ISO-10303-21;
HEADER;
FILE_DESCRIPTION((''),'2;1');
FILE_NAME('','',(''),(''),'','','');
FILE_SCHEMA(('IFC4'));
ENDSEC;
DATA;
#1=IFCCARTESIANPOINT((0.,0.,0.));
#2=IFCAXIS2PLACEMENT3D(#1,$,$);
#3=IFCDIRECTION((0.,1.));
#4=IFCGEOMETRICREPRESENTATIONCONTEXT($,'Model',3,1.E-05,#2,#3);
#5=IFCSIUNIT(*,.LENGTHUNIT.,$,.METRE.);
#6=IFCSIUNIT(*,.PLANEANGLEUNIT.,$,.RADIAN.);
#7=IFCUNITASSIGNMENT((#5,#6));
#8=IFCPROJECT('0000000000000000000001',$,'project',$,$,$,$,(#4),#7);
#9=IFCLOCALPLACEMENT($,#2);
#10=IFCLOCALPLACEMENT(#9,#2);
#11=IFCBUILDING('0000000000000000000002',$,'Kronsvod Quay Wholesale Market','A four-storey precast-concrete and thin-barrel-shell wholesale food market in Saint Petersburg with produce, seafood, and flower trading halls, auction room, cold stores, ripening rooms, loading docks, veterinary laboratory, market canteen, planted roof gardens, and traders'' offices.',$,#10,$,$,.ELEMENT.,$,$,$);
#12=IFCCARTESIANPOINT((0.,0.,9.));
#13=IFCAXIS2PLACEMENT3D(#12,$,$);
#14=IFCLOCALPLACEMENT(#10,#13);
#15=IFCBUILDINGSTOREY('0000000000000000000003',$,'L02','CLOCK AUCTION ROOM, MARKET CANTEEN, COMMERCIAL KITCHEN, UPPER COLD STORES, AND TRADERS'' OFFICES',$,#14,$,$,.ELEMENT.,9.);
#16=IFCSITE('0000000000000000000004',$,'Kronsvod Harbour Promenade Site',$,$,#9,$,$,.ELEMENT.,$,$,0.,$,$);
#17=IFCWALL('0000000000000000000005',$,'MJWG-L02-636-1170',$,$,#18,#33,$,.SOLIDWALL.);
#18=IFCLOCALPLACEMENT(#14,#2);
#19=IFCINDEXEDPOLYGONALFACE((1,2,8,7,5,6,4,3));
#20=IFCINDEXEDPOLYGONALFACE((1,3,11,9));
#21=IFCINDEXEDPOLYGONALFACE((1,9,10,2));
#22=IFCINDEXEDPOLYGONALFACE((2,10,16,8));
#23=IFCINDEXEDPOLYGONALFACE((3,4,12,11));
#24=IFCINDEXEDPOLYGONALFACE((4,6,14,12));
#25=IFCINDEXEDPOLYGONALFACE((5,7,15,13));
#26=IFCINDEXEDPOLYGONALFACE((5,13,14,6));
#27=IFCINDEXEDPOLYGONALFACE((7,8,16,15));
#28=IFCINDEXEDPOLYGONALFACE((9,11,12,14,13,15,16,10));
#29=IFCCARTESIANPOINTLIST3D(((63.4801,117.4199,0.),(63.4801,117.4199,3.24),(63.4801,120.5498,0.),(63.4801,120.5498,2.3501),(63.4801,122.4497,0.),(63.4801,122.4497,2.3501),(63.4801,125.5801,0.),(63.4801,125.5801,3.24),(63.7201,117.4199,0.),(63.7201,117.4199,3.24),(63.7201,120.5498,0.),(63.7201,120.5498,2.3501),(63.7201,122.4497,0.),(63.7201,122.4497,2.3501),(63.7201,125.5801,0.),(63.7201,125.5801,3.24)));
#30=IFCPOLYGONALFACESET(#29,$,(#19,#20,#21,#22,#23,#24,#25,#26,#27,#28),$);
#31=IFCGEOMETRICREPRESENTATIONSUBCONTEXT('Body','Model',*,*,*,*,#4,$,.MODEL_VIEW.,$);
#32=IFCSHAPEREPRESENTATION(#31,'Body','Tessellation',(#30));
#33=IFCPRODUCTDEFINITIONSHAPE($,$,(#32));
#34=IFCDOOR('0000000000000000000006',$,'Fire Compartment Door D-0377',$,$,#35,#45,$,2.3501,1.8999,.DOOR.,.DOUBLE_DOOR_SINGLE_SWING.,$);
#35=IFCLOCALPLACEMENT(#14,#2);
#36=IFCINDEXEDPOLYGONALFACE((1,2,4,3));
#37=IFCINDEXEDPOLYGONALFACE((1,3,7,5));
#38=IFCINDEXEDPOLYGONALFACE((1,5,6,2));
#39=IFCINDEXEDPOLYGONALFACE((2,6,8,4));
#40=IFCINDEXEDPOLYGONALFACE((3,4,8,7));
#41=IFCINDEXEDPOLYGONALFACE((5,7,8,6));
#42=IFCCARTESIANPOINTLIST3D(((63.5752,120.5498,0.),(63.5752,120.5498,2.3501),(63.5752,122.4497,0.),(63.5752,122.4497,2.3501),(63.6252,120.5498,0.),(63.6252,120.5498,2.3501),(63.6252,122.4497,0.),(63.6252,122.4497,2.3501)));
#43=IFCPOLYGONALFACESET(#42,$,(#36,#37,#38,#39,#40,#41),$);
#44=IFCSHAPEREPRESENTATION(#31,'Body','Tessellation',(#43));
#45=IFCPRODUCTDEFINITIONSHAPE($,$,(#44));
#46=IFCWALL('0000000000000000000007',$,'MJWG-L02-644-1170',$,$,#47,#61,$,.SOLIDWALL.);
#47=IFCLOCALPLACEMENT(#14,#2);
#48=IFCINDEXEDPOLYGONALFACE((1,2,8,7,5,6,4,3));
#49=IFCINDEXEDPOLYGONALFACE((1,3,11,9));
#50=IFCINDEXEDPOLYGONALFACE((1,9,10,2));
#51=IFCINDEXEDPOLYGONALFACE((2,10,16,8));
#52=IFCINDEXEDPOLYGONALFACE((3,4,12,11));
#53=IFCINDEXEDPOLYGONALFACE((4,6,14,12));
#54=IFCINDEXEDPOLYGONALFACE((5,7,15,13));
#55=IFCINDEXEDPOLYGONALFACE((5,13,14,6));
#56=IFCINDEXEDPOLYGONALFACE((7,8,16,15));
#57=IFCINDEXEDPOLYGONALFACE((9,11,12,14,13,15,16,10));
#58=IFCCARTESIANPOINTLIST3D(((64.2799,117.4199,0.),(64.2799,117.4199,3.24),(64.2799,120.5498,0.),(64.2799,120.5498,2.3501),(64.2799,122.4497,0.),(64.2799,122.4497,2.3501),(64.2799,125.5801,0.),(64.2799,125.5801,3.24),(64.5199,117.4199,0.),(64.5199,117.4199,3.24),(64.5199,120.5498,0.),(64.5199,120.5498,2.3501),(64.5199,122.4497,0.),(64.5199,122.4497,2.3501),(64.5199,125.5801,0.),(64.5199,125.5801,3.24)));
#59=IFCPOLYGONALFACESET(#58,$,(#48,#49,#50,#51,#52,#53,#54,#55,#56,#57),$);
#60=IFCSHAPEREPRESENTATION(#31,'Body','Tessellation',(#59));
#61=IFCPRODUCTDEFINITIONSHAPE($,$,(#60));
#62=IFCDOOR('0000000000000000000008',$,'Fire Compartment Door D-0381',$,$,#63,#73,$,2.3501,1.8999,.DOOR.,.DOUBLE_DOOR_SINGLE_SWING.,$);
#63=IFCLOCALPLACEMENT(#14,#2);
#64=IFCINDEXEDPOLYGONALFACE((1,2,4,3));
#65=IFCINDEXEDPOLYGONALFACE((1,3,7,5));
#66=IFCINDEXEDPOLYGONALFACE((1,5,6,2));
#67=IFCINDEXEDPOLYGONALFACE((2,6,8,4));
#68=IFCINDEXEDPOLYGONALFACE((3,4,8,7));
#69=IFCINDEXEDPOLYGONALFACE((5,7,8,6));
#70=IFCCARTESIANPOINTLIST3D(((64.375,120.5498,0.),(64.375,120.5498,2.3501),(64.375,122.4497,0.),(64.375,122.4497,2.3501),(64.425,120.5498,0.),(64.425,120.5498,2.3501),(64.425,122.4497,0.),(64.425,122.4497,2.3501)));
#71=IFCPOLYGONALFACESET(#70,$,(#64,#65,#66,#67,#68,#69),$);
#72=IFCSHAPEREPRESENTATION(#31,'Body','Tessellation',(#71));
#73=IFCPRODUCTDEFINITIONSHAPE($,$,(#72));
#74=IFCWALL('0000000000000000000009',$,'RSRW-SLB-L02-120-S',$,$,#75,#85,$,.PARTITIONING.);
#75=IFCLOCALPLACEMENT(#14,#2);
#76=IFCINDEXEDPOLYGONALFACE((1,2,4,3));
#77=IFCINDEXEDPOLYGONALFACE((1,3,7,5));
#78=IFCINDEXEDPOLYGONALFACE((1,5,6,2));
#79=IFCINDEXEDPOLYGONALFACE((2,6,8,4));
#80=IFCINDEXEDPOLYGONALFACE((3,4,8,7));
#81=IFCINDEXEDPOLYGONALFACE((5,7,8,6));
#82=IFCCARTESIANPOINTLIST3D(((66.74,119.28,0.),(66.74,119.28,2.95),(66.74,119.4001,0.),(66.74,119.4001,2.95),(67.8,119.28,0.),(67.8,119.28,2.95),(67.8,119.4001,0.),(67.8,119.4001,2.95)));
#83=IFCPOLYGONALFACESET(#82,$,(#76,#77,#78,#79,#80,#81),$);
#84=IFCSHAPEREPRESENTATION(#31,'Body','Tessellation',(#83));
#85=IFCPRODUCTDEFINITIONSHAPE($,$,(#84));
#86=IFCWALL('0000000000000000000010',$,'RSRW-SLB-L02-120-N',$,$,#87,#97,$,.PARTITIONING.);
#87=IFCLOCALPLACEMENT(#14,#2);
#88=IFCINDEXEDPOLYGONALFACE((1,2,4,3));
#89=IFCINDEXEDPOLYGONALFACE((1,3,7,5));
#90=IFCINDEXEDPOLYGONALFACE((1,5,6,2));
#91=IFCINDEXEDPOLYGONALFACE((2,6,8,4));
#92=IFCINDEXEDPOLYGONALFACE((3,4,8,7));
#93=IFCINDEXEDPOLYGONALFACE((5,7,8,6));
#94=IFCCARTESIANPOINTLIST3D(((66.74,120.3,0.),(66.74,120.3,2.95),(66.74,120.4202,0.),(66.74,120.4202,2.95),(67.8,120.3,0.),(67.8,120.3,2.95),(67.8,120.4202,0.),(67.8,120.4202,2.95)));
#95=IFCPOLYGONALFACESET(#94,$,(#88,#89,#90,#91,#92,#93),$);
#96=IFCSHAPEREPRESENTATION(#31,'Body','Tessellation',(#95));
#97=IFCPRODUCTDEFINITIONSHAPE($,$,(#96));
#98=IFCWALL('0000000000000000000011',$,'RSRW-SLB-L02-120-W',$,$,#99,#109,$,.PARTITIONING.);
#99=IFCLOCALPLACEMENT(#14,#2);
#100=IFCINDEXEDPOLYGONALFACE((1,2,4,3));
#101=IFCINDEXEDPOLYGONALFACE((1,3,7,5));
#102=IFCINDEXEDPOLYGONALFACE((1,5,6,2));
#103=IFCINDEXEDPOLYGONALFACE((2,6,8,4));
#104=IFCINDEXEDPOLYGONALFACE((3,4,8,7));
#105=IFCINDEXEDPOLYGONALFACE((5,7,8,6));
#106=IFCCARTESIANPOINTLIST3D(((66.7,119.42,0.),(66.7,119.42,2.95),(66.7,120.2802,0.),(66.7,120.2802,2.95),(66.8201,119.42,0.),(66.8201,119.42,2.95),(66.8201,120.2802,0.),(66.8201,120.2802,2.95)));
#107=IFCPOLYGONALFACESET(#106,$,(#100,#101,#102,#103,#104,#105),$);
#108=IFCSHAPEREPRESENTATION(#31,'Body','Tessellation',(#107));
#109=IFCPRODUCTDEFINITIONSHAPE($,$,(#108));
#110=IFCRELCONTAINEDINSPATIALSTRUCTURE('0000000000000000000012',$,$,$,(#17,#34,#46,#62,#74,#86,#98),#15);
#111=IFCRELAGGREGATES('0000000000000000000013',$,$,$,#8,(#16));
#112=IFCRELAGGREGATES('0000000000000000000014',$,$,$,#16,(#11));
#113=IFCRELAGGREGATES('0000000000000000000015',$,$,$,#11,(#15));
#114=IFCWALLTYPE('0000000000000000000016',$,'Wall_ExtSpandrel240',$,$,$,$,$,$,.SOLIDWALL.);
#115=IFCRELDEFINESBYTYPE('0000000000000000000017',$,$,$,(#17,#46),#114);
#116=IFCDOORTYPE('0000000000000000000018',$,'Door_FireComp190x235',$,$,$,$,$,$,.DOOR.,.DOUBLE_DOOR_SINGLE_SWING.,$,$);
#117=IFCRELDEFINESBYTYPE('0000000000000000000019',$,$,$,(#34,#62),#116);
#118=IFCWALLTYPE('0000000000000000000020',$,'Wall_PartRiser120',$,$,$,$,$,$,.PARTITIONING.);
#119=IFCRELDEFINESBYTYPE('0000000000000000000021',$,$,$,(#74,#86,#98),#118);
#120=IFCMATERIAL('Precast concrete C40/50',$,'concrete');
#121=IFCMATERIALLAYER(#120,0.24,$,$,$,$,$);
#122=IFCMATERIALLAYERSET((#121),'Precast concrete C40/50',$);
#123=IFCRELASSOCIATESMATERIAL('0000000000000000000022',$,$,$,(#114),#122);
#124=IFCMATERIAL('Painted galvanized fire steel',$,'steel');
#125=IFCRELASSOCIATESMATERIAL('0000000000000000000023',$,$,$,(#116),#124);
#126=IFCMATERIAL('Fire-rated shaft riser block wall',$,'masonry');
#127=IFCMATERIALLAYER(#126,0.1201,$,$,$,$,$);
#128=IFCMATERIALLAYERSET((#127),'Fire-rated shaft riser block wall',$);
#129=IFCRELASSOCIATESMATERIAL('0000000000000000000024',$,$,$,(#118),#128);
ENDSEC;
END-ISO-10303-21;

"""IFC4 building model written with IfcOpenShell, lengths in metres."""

from ifc_helpers import new_model, si_unit, direction, frame, frame_2d, origin, place, context, subcontext, project, spatial, rectangle, extrude, material, layer, layer_set, type_object, element, fill, save


model = new_model("IFC4")

# Units and contexts
model_context = context("Model", 3, precision=1e-05, world=origin(), true_north=direction((0.0, 1.0)))
body_context = subcontext(model_context, "Body", "Model", "MODEL_VIEW")
ifc_project = project(units=[si_unit("LENGTHUNIT", "METRE"), si_unit("PLANEANGLEUNIT", "RADIAN")], contexts=[model_context])

# Site, building, storey
site_placement = place(None, origin())
site = spatial("IfcSite", under=ifc_project, at=site_placement, Name="Kronsvod Harbour Promenade Site", CompositionType="ELEMENT", RefElevation=0.0)
building_placement = place(site_placement, origin())
building = spatial("IfcBuilding", under=site, at=building_placement, Name="Kronsvod Quay Wholesale Market", Description="A four-storey precast-concrete and thin-barrel-shell wholesale food market in Saint Petersburg with produce, seafood, and flower trading halls, auction room, cold stores, ripening rooms, loading docks, veterinary laboratory, market canteen, planted roof gardens, and traders' offices.", CompositionType="ELEMENT")
storey_placement = place(building_placement, frame((0.0, 0.0, 9.0)))
storey = spatial("IfcBuildingStorey", under=building, at=storey_placement, Name="L02", Description="CLOCK AUCTION ROOM, MARKET CANTEEN, COMMERCIAL KITCHEN, UPPER COLD STORES, AND TRADERS' OFFICES", CompositionType="ELEMENT", Elevation=9.0)

# Walls, openings, doors
ifc_material_1 = material(Name="Precast concrete C40/50", Category="concrete")
ifc_layer_1 = layer(ifc_material_1, 0.24)
ifc_layer_set_1 = layer_set([ifc_layer_1], Name="Precast concrete C40/50")
wall_type_1 = type_object("IfcWallType", Name="Wall_ExtSpandrel240", PredefinedType="SOLIDWALL", material=ifc_layer_set_1)
wall_1_placement = place(storey_placement, frame((63.6001, 117.4199, 0.0), z_axis=(0.0, 0.0, 1.0), x_axis=(0.0, 1.0, 0.0)))
wall_1 = element("IfcWall", 1, at=wall_1_placement, inside=storey, type_object=wall_type_1, Name="MJWG-L02-636-1170", PredefinedType="SOLIDWALL", context=body_context, shape_type="SweptSolid", body=[
    extrude(rectangle(XDim=8.1602, YDim=0.24, at=frame_2d((4.0801, 0.0))), origin(), (0.0, 0.0, 1.0), 3.24),
])
opening_1_placement = place(wall_1_placement, frame((3.1299, 0.0, 0.0)))
opening_1 = element("IfcOpeningElement", 2, at=opening_1_placement, cuts=wall_1, PredefinedType="OPENING", context=body_context, shape_type="SweptSolid", body=[
    extrude(rectangle(XDim=1.8999, YDim=2.3501, at=frame_2d((0.95, 1.175))), frame((0.0, 0.1299, 0.0), z_axis=(0.0, -1.0, 0.0), x_axis=(1.0, 0.0, 0.0)), (0.0, 0.0, 1.0), 0.26),
])
ifc_material_2 = material(Name="Painted galvanized fire steel", Category="steel")
door_type = type_object("IfcDoorType", Name="Door_FireComp190x235", OperationType="DOUBLE_DOOR_SINGLE_SWING", PredefinedType="DOOR", material=ifc_material_2)
door_1_placement = place(opening_1_placement, origin())
door_1 = element("IfcDoor", 3, at=door_1_placement, inside=storey, type_object=door_type, Name="Fire Compartment Door D-0377", OperationType="DOUBLE_DOOR_SINGLE_SWING", OverallHeight=2.3501, OverallWidth=1.8999, PredefinedType="DOOR", context=body_context, shape_type="SweptSolid", body=[
    extrude(rectangle(XDim=1.8999, YDim=2.3501, at=frame_2d((0.95, 1.175))), frame((0.0, 0.0249, 0.0), z_axis=(0.0, -1.0, 0.0), x_axis=(1.0, 0.0, 0.0)), (0.0, 0.0, 1.0), 0.05),
])
fill(opening_1, door_1)
wall_2_placement = place(storey_placement, frame((64.3999, 117.4199, 0.0), z_axis=(0.0, 0.0, 1.0), x_axis=(0.0, 1.0, 0.0)))
wall_2 = element("IfcWall", 4, at=wall_2_placement, inside=storey, type_object=wall_type_1, Name="MJWG-L02-644-1170", PredefinedType="SOLIDWALL", context=body_context, shape_type="SweptSolid", body=[
    extrude(rectangle(XDim=8.1602, YDim=0.24, at=frame_2d((4.0801, 0.0))), origin(), (0.0, 0.0, 1.0), 3.24),
])
opening_2_placement = place(wall_2_placement, frame((3.1299, 0.0, 0.0)))
opening_2 = element("IfcOpeningElement", 5, at=opening_2_placement, cuts=wall_2, PredefinedType="OPENING", context=body_context, shape_type="SweptSolid", body=[
    extrude(rectangle(XDim=1.8999, YDim=2.3501, at=frame_2d((0.95, 1.175))), frame((0.0, 0.1299, 0.0), z_axis=(0.0, -1.0, 0.0), x_axis=(1.0, 0.0, 0.0)), (0.0, 0.0, 1.0), 0.26),
])
door_2_placement = place(opening_2_placement, origin())
door_2 = element("IfcDoor", 6, at=door_2_placement, inside=storey, type_object=door_type, Name="Fire Compartment Door D-0381", OperationType="DOUBLE_DOOR_SINGLE_SWING", OverallHeight=2.3501, OverallWidth=1.8999, PredefinedType="DOOR", context=body_context, shape_type="SweptSolid", body=[
    extrude(rectangle(XDim=1.8999, YDim=2.3501, at=frame_2d((0.95, 1.175))), frame((0.0, 0.0249, 0.0), z_axis=(0.0, -1.0, 0.0), x_axis=(1.0, 0.0, 0.0)), (0.0, 0.0, 1.0), 0.05),
])
fill(opening_2, door_2)

# Walls
ifc_material_3 = material(Name="Fire-rated shaft riser block wall", Category="masonry")
ifc_layer_2 = layer(ifc_material_3, 0.1201)
ifc_layer_set_2 = layer_set([ifc_layer_2], Name="Fire-rated shaft riser block wall")
wall_type_2 = type_object("IfcWallType", Name="Wall_PartRiser120", PredefinedType="PARTITIONING", material=ifc_layer_set_2)
for number, where, z_axis, x_axis, name in (
    (7, (66.74, 119.3401, 0.0), (0.0, 0.0, 1.0), (1.0, 0.0, 0.0), "RSRW-SLB-L02-120-S"),
    (8, (66.74, 120.3601, 0.0), (0.0, 0.0, 1.0), (1.0, 0.0, 0.0), "RSRW-SLB-L02-120-N"),
):
    element("IfcWall", number, at=place(storey_placement, frame(where, z_axis=z_axis, x_axis=x_axis)), inside=storey, type_object=wall_type_2, Name=name, PredefinedType="PARTITIONING", context=body_context, shape_type="SweptSolid", body=[
        extrude(rectangle(XDim=1.0601, YDim=0.1201, at=frame_2d((0.53, 0.0))), origin(), (0.0, 0.0, 1.0), 2.95),
    ])
wall_3_placement = place(storey_placement, frame((66.76, 119.4199, 0.0), z_axis=(0.0, 0.0, 1.0), x_axis=(0.0, 1.0, 0.0)))
element("IfcWall", 9, at=wall_3_placement, inside=storey, type_object=wall_type_2, Name="RSRW-SLB-L02-120-W", PredefinedType="PARTITIONING", context=body_context, shape_type="SweptSolid", body=[
    extrude(rectangle(XDim=0.8601, YDim=0.1201, at=frame_2d((0.4302, 0.0))), origin(), (0.0, 0.0, 1.0), 2.95),
])

save(model, "model.ifc")
